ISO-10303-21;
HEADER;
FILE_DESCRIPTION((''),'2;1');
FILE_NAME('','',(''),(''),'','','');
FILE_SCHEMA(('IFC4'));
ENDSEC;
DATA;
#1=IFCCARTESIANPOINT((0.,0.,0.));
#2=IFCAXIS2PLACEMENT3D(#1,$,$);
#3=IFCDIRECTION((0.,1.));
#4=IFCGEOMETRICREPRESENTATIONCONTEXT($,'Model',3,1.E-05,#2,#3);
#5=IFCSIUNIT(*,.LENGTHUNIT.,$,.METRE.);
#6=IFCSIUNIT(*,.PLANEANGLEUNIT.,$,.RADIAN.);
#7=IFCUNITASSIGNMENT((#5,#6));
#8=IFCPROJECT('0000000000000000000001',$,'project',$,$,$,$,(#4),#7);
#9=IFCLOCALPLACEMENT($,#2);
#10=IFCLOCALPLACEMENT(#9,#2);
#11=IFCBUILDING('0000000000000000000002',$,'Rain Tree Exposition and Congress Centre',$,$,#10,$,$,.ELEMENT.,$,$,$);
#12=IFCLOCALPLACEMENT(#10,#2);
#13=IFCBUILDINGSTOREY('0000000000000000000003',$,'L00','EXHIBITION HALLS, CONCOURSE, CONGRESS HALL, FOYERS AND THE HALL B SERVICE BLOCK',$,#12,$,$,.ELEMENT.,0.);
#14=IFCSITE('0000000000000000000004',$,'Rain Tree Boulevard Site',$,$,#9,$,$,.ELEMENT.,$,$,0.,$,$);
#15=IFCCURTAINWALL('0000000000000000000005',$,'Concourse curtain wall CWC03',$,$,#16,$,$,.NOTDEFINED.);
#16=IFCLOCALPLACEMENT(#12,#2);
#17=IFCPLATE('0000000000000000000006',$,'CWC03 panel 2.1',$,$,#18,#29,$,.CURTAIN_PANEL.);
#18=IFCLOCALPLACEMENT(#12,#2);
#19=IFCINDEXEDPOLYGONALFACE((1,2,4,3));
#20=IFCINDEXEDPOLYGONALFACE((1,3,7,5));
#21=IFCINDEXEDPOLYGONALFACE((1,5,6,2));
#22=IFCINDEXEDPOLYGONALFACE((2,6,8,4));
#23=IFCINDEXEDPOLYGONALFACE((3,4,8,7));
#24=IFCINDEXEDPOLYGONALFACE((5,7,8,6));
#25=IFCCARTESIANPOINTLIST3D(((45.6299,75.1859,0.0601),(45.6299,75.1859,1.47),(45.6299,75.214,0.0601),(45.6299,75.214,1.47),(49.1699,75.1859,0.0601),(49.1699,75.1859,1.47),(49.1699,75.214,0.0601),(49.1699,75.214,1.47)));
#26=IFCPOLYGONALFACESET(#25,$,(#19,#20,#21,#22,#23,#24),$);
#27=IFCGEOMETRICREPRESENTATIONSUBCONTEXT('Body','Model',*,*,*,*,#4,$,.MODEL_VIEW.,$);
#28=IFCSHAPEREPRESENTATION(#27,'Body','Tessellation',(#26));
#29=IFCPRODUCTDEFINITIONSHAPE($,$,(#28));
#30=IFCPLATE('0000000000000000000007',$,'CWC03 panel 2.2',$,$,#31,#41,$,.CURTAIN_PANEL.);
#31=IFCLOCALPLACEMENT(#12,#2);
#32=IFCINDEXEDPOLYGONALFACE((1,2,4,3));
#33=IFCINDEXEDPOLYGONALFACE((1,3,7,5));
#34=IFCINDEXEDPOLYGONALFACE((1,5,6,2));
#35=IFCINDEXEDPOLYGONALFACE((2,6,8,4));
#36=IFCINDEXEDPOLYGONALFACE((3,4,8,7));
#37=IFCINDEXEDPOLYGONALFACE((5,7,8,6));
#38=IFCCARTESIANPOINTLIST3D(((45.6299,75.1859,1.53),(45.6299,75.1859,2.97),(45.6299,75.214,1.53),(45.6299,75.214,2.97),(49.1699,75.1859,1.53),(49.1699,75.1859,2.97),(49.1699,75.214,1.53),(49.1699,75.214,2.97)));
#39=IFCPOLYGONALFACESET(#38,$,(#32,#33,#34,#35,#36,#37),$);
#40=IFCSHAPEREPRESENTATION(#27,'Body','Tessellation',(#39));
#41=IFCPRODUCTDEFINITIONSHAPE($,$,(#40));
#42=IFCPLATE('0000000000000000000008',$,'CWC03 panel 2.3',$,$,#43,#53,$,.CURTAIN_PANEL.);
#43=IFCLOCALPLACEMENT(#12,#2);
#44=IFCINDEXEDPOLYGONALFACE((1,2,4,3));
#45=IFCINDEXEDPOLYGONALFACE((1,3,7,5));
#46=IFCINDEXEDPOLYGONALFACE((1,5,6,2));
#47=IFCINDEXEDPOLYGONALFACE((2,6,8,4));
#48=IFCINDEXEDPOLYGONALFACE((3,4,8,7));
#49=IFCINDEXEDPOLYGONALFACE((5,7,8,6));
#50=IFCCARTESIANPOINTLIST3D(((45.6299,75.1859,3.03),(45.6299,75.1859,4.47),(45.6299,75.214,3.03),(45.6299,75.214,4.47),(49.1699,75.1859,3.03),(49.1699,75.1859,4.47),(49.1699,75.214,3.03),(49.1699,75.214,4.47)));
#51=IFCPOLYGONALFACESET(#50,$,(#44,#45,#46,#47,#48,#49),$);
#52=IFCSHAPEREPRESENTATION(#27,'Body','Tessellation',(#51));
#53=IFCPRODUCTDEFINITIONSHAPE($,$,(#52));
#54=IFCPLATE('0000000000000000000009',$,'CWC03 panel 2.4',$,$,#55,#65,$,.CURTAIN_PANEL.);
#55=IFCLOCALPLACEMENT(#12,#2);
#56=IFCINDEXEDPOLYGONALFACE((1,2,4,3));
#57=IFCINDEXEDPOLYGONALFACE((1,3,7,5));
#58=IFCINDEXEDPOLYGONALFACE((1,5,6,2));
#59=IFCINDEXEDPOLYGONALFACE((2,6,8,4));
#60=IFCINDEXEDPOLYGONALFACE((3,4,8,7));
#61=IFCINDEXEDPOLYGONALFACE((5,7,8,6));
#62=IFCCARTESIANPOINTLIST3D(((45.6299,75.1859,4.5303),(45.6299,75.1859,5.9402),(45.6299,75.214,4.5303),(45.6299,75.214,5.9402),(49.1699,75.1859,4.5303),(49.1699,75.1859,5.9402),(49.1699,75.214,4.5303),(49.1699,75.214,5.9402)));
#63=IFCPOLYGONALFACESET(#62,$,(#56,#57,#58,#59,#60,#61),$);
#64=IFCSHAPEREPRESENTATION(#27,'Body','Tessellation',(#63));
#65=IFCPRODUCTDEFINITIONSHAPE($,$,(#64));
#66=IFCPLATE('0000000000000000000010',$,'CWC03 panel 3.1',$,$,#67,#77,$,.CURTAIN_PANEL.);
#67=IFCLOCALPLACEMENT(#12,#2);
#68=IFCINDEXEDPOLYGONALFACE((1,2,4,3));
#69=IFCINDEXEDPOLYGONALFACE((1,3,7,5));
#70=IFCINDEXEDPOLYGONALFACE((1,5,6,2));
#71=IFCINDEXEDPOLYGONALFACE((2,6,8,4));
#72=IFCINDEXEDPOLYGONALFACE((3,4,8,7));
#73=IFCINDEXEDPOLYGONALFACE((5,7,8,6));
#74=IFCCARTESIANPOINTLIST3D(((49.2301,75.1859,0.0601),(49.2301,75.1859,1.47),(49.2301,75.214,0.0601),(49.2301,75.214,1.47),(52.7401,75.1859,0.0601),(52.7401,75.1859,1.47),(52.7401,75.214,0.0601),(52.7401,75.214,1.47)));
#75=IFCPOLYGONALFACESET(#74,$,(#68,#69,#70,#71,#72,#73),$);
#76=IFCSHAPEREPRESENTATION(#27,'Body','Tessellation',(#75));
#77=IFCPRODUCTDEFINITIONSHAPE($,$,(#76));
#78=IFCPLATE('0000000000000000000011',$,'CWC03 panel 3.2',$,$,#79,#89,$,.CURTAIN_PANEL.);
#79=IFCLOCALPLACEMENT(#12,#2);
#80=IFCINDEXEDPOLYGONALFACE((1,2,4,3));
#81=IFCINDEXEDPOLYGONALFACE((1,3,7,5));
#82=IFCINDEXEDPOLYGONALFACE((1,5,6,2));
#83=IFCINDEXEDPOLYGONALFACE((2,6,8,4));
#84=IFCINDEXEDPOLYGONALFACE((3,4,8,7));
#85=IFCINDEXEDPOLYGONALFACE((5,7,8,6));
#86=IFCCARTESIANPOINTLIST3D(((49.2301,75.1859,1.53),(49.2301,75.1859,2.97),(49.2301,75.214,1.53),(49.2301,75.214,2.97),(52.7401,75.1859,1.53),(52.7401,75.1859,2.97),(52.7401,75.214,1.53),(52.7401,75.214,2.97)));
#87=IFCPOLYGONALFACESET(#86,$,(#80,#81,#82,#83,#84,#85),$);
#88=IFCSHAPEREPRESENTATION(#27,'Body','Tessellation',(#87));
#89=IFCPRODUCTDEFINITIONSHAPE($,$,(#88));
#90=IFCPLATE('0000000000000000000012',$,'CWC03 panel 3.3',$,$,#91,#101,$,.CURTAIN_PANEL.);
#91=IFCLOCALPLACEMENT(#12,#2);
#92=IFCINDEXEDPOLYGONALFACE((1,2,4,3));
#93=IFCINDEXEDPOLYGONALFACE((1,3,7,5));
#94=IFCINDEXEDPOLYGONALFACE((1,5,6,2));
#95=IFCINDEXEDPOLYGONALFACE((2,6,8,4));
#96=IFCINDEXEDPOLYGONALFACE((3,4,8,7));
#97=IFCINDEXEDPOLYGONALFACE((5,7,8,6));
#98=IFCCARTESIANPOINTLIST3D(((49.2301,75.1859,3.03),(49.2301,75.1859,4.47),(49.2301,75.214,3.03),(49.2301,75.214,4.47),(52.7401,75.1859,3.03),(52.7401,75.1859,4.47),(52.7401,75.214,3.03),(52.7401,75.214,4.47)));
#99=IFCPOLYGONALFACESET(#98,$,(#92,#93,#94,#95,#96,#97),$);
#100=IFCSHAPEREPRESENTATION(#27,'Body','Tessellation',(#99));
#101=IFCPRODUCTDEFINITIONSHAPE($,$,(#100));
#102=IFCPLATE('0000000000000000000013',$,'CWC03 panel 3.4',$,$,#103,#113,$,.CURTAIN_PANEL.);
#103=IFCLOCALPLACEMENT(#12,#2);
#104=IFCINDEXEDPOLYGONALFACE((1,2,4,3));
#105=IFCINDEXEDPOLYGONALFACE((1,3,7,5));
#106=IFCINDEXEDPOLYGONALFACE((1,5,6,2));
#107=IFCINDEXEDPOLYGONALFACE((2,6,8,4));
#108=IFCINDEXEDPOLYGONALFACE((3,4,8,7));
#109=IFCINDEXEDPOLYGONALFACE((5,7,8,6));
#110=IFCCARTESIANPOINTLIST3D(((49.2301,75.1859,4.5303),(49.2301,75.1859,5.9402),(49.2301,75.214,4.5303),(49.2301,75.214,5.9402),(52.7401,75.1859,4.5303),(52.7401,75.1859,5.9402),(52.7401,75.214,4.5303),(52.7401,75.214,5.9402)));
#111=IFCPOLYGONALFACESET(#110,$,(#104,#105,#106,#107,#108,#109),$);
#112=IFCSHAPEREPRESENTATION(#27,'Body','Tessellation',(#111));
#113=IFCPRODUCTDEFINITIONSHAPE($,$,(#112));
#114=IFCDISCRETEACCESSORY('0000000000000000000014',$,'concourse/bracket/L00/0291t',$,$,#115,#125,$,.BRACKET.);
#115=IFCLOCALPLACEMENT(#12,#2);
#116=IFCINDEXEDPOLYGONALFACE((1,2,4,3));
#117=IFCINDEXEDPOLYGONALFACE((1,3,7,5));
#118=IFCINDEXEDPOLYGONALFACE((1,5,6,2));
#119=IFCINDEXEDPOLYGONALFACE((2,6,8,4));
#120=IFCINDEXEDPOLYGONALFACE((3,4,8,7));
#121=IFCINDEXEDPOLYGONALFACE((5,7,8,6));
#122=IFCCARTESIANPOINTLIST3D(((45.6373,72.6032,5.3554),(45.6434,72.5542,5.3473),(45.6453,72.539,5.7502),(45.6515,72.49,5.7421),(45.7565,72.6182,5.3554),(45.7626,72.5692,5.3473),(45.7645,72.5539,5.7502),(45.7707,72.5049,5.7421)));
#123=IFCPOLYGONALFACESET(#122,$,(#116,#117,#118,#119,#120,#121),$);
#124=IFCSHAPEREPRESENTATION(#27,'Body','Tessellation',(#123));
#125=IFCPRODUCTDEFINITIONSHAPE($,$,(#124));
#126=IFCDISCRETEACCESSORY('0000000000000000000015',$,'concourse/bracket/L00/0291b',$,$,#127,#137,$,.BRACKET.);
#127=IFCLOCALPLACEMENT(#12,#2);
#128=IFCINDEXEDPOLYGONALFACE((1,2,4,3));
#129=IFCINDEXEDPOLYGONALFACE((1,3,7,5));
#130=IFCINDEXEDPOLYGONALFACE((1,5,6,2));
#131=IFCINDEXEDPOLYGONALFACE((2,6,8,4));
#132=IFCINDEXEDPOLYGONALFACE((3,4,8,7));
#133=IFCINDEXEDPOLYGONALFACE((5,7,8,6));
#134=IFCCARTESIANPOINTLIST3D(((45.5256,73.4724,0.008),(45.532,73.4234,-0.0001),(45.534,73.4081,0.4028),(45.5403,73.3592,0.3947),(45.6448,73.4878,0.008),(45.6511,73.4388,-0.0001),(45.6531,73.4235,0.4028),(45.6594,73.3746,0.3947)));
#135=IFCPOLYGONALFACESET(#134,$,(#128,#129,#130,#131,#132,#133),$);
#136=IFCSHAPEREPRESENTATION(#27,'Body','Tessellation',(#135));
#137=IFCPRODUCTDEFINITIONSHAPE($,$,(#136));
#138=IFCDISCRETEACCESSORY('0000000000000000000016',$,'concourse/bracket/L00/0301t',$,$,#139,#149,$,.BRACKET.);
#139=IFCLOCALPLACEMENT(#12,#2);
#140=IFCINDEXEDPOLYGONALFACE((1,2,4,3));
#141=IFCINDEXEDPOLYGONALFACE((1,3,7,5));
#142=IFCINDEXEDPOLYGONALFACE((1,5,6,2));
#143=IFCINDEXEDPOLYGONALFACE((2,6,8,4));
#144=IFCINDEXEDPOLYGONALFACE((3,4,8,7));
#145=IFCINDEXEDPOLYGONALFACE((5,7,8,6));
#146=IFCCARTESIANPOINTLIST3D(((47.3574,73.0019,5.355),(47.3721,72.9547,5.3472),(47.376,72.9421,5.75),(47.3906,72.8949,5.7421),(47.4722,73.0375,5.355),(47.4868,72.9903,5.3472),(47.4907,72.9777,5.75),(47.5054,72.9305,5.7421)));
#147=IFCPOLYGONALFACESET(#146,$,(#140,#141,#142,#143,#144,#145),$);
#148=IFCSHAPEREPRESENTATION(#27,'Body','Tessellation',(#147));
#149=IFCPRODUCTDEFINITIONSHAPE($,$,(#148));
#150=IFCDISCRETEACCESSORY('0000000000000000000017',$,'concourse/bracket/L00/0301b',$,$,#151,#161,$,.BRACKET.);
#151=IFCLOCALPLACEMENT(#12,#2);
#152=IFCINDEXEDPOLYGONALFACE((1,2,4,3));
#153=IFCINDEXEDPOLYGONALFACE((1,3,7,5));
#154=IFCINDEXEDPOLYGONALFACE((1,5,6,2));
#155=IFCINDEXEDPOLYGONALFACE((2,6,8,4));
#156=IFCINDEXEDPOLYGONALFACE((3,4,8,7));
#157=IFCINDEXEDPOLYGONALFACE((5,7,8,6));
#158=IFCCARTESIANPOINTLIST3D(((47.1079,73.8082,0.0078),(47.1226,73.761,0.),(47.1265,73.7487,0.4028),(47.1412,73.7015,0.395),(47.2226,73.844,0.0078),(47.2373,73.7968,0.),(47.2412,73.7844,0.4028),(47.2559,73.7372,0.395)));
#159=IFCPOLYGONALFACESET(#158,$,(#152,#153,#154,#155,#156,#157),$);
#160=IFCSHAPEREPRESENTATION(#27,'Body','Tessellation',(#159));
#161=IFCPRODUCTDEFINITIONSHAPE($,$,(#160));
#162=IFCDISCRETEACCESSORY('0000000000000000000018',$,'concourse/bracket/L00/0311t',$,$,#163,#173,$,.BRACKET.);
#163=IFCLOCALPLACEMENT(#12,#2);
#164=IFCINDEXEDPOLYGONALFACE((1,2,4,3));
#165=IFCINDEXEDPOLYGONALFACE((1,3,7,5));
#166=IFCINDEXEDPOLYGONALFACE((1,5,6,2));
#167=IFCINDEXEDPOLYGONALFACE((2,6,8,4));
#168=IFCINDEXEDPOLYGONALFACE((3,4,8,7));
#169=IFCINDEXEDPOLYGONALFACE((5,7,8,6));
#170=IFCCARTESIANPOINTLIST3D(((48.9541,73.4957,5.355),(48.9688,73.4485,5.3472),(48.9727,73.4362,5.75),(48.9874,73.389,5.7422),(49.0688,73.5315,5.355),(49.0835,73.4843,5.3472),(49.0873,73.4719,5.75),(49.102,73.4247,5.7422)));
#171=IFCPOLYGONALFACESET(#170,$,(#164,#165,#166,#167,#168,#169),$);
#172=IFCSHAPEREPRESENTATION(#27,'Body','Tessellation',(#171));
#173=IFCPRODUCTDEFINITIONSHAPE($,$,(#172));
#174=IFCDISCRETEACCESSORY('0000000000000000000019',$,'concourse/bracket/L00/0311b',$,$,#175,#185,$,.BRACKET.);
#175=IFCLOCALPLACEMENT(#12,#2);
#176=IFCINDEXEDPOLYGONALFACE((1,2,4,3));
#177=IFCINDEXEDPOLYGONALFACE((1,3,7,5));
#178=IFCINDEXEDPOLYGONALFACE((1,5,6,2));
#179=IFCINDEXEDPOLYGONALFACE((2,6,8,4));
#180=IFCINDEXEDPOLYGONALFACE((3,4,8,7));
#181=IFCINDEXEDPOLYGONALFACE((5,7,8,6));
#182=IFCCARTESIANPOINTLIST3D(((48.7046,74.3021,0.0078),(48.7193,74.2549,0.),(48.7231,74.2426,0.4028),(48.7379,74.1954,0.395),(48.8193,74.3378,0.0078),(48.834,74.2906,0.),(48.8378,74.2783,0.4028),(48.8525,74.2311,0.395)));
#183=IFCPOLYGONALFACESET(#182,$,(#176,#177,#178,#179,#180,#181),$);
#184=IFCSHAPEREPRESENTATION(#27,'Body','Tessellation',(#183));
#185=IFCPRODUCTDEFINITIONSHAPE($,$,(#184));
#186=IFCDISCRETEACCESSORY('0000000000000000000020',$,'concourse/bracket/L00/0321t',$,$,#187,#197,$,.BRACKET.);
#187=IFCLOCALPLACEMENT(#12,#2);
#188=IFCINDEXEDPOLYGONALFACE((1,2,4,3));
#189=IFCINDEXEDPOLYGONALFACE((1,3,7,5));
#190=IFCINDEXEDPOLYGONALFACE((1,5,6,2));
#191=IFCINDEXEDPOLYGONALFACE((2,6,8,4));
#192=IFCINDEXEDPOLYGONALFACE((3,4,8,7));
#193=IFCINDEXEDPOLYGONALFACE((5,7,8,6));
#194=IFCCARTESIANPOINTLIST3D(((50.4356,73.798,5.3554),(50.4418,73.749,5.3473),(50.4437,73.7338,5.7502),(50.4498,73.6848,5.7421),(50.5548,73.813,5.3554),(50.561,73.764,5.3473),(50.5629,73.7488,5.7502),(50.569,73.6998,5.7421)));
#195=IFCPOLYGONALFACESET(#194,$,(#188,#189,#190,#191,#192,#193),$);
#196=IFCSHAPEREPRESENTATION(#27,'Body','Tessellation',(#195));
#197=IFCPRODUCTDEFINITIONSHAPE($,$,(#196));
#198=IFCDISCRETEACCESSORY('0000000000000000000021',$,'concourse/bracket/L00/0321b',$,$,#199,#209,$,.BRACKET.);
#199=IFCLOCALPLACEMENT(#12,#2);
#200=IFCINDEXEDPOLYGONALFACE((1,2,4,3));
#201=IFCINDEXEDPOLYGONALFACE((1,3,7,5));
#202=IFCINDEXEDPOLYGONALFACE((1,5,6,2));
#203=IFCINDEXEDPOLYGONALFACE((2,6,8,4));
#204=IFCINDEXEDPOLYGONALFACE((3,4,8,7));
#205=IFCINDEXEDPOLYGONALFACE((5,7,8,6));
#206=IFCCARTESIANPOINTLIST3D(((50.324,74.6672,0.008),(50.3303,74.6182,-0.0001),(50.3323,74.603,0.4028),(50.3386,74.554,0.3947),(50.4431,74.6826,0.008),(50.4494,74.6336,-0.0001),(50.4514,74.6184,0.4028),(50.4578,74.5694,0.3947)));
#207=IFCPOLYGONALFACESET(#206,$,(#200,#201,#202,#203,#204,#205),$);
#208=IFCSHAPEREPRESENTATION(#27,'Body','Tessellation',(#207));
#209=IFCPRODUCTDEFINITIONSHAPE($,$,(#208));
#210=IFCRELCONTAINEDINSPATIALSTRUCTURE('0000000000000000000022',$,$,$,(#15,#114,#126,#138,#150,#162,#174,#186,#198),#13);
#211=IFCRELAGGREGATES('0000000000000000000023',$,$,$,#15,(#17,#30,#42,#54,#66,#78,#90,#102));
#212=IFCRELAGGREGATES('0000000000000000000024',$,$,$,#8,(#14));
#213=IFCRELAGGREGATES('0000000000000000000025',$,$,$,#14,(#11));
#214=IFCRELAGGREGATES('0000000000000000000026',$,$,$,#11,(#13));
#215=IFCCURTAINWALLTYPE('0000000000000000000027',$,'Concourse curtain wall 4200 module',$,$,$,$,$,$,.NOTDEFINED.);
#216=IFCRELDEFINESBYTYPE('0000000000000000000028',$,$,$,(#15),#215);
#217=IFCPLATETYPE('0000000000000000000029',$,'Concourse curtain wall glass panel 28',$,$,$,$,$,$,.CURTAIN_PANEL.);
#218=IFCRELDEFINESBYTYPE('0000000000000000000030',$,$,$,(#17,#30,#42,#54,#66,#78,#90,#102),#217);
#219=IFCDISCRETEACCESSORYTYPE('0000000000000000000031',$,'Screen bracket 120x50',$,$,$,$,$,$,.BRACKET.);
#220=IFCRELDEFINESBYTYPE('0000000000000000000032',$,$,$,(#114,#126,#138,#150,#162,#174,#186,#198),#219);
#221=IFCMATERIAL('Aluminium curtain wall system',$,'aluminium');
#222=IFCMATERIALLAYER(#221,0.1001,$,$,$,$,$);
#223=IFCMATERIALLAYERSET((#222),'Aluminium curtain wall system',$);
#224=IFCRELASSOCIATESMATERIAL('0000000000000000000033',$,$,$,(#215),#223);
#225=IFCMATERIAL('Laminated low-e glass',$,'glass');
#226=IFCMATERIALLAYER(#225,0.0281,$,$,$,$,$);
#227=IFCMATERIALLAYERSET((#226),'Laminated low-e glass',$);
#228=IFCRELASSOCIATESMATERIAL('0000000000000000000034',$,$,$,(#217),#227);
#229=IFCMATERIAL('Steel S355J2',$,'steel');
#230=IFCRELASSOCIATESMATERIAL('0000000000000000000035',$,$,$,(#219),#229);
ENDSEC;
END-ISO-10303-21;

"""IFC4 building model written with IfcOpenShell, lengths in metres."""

from ifc_helpers import new_model, si_unit, direction, frame, origin, origin_2d, place, context, subcontext, project, spatial, rectangle, extrude, material, layer, layer_set, material_profile, profile_set, type_object, element, aggregate, save


model = new_model("IFC4")

# Units and contexts
model_context = context("Model", 3, precision=1e-05, world=origin(), true_north=direction((0.0, 1.0)))
body_context = subcontext(model_context, "Body", "Model", "MODEL_VIEW")
ifc_project = project(units=[si_unit("LENGTHUNIT", "METRE"), si_unit("PLANEANGLEUNIT", "RADIAN")], contexts=[model_context])

# Site, building, storey
site_placement = place(None, origin())
site = spatial("IfcSite", under=ifc_project, at=site_placement, Name="Rain Tree Boulevard Site", CompositionType="ELEMENT", RefElevation=0.0)
building_placement = place(site_placement, origin())
building = spatial("IfcBuilding", under=site, at=building_placement, Name="Rain Tree Exposition and Congress Centre", CompositionType="ELEMENT")
storey_placement = place(building_placement, origin())
storey = spatial("IfcBuildingStorey", under=building, at=storey_placement, Name="L00", Description="EXHIBITION HALLS, CONCOURSE, CONGRESS HALL, FOYERS AND THE HALL B SERVICE BLOCK", CompositionType="ELEMENT", Elevation=0.0)

# Curtain wall, plates
ifc_material_1 = material(Name="Aluminium curtain wall system", Category="aluminium")
ifc_layer_1 = layer(ifc_material_1, 0.1001)
ifc_layer_set_1 = layer_set([ifc_layer_1], Name="Aluminium curtain wall system")
curtain_wall_type = type_object("IfcCurtainWallType", Name="Concourse curtain wall 4200 module", PredefinedType="NOTDEFINED", material=ifc_layer_set_1)
curtain_wall_placement = place(storey_placement, origin())
curtain_wall = element("IfcCurtainWall", 1, at=curtain_wall_placement, inside=storey, type_object=curtain_wall_type, Name="Concourse curtain wall CWC03", PredefinedType="NOTDEFINED")
ifc_material_2 = material(Name="Laminated low-e glass", Category="glass")
ifc_layer_2 = layer(ifc_material_2, 0.0281)
ifc_layer_set_2 = layer_set([ifc_layer_2], Name="Laminated low-e glass")
plate_type = type_object("IfcPlateType", Name="Concourse curtain wall glass panel 28", PredefinedType="CURTAIN_PANEL", material=ifc_layer_set_2)
plate_1_placement = place(storey_placement, frame((47.3999, 75.2, 0.0601), z_axis=(0.0, 0.0, 1.0), x_axis=(1.0, 0.0, 0.0)))
plate_1 = element("IfcPlate", 2, at=plate_1_placement, type_object=plate_type, Name="CWC03 panel 2.1", PredefinedType="CURTAIN_PANEL", context=body_context, shape_type="SweptSolid", body=[
    extrude(rectangle(XDim=3.54, YDim=0.0281, at=origin_2d()), origin(), (0.0, 0.0, 1.0), 1.4099),
])
plate_2_placement = place(storey_placement, frame((47.3999, 75.2, 1.53), z_axis=(0.0, 0.0, 1.0), x_axis=(1.0, 0.0, 0.0)))
plate_2 = element("IfcPlate", 3, at=plate_2_placement, type_object=plate_type, Name="CWC03 panel 2.2", PredefinedType="CURTAIN_PANEL", context=body_context, shape_type="SweptSolid", body=[
    extrude(rectangle(XDim=3.54, YDim=0.0281, at=origin_2d()), origin(), (0.0, 0.0, 1.0), 1.4399),
])
plate_3_placement = place(storey_placement, frame((47.3999, 75.2, 3.03), z_axis=(0.0, 0.0, 1.0), x_axis=(1.0, 0.0, 0.0)))
plate_3 = element("IfcPlate", 4, at=plate_3_placement, type_object=plate_type, Name="CWC03 panel 2.3", PredefinedType="CURTAIN_PANEL", context=body_context, shape_type="SweptSolid", body=[
    extrude(rectangle(XDim=3.54, YDim=0.0281, at=origin_2d()), origin(), (0.0, 0.0, 1.0), 1.4399),
])
plate_4_placement = place(storey_placement, frame((47.3999, 75.2, 4.5303), z_axis=(0.0, 0.0, 1.0), x_axis=(1.0, 0.0, 0.0)))
plate_4 = element("IfcPlate", 5, at=plate_4_placement, type_object=plate_type, Name="CWC03 panel 2.4", PredefinedType="CURTAIN_PANEL", context=body_context, shape_type="SweptSolid", body=[
    extrude(rectangle(XDim=3.54, YDim=0.0281, at=origin_2d()), origin(), (0.0, 0.0, 1.0), 1.4099),
])
plate_5_placement = place(storey_placement, frame((50.9851, 75.2, 0.0601), z_axis=(0.0, 0.0, 1.0), x_axis=(1.0, 0.0, 0.0)))
plate_5 = element("IfcPlate", 6, at=plate_5_placement, type_object=plate_type, Name="CWC03 panel 3.1", PredefinedType="CURTAIN_PANEL", context=body_context, shape_type="SweptSolid", body=[
    extrude(rectangle(XDim=3.51, YDim=0.0281, at=origin_2d()), origin(), (0.0, 0.0, 1.0), 1.4099),
])
plate_6_placement = place(storey_placement, frame((50.9851, 75.2, 1.53), z_axis=(0.0, 0.0, 1.0), x_axis=(1.0, 0.0, 0.0)))
plate_6 = element("IfcPlate", 7, at=plate_6_placement, type_object=plate_type, Name="CWC03 panel 3.2", PredefinedType="CURTAIN_PANEL", context=body_context, shape_type="SweptSolid", body=[
    extrude(rectangle(XDim=3.51, YDim=0.0281, at=origin_2d()), origin(), (0.0, 0.0, 1.0), 1.4399),
])
plate_7_placement = place(storey_placement, frame((50.9851, 75.2, 3.03), z_axis=(0.0, 0.0, 1.0), x_axis=(1.0, 0.0, 0.0)))
plate_7 = element("IfcPlate", 8, at=plate_7_placement, type_object=plate_type, Name="CWC03 panel 3.3", PredefinedType="CURTAIN_PANEL", context=body_context, shape_type="SweptSolid", body=[
    extrude(rectangle(XDim=3.51, YDim=0.0281, at=origin_2d()), origin(), (0.0, 0.0, 1.0), 1.4399),
])
plate_8_placement = place(storey_placement, frame((50.9851, 75.2, 4.5303), z_axis=(0.0, 0.0, 1.0), x_axis=(1.0, 0.0, 0.0)))
plate_8 = element("IfcPlate", 9, at=plate_8_placement, type_object=plate_type, Name="CWC03 panel 3.4", PredefinedType="CURTAIN_PANEL", context=body_context, shape_type="SweptSolid", body=[
    extrude(rectangle(XDim=3.51, YDim=0.0281, at=origin_2d()), origin(), (0.0, 0.0, 1.0), 1.4099),
])
aggregate(curtain_wall, [plate_1, plate_2, plate_3, plate_4, plate_5, plate_6, plate_7, plate_8])

# Discrete accessories
ifc_material_3 = material(Name="Steel S355J2", Category="steel")
ifc_material_profile_1 = material_profile(ifc_material_3, rectangle(XDim=0.1201, YDim=0.05, at=origin_2d()), Name="Flat bar 120x50")
ifc_profile_set_1 = profile_set([ifc_material_profile_1], Name="Steel S355J2")
discrete_accessory_type = type_object("IfcDiscreteAccessoryType", Name="Screen bracket 120x50", PredefinedType="BRACKET", material=ifc_profile_set_1)
for number, where, z_axis, x_axis, name in (
    (10, (45.7, 72.5862, 5.3513), (0.020139, -0.160505, 0.98683), (0.99222, 0.124499, 0.0), "concourse/bracket/L00/0291t"),
    (11, (45.5884, 73.4556, 0.0039), (0.020749, -0.160503, 0.986817), (0.991747, 0.128211, 0.0), "concourse/bracket/L00/0291b"),
):
    element("IfcDiscreteAccessory", number, at=place(storey_placement, frame(where, z_axis=z_axis, x_axis=x_axis)), inside=storey, type_object=discrete_accessory_type, Name=name, PredefinedType="BRACKET", context=body_context, shape_type="SweptSolid", body=[
        extrude(rectangle(XDim=0.1201, YDim=0.05, at=origin_2d()), origin(), (0.0, 0.0, 1.0), 0.4001),
    ])
for number, where, z_axis, x_axis, name in (
    (12, (47.4221, 72.9961, 5.3511), (0.046392, -0.149554, 0.987665), (0.955102, 0.296277, 0.0), "concourse/bracket/L00/0301t"),
    (13, (47.1726, 73.8025, 0.0039), (0.046396, -0.148957, 0.987755), (0.954758, 0.297384, 0.0), "concourse/bracket/L00/0301b"),
    (14, (49.0188, 73.49, 5.3511), (0.046396, -0.148957, 0.987755), (0.954758, 0.297384, 0.0), "concourse/bracket/L00/0311t"),
    (15, (48.7693, 74.2964, 0.0039), (0.046396, -0.148957, 0.987755), (0.954758, 0.297384, 0.0), "concourse/bracket/L00/0311b"),
):
    element("IfcDiscreteAccessory", number, at=place(storey_placement, frame(where, z_axis=z_axis, x_axis=x_axis)), inside=storey, type_object=discrete_accessory_type, Name=name, PredefinedType="BRACKET", context=body_context, shape_type="SweptSolid", body=[
        extrude(rectangle(XDim=0.1201, YDim=0.05, at=origin_2d()), origin(), (0.0, 0.0, 1.0), 0.3999),
    ])
for number, where, z_axis, x_axis, name in (
    (16, (50.4983, 73.781, 5.3513), (0.020139, -0.160505, 0.98683), (0.99222, 0.124499, 0.0), "concourse/bracket/L00/0321t"),
    (17, (50.3867, 74.6504, 0.0039), (0.020749, -0.160503, 0.986817), (0.991747, 0.128211, 0.0), "concourse/bracket/L00/0321b"),
):
    element("IfcDiscreteAccessory", number, at=place(storey_placement, frame(where, z_axis=z_axis, x_axis=x_axis)), inside=storey, type_object=discrete_accessory_type, Name=name, PredefinedType="BRACKET", context=body_context, shape_type="SweptSolid", body=[
        extrude(rectangle(XDim=0.1201, YDim=0.05, at=origin_2d()), origin(), (0.0, 0.0, 1.0), 0.4001),
    ])

save(model, "model.ifc")
